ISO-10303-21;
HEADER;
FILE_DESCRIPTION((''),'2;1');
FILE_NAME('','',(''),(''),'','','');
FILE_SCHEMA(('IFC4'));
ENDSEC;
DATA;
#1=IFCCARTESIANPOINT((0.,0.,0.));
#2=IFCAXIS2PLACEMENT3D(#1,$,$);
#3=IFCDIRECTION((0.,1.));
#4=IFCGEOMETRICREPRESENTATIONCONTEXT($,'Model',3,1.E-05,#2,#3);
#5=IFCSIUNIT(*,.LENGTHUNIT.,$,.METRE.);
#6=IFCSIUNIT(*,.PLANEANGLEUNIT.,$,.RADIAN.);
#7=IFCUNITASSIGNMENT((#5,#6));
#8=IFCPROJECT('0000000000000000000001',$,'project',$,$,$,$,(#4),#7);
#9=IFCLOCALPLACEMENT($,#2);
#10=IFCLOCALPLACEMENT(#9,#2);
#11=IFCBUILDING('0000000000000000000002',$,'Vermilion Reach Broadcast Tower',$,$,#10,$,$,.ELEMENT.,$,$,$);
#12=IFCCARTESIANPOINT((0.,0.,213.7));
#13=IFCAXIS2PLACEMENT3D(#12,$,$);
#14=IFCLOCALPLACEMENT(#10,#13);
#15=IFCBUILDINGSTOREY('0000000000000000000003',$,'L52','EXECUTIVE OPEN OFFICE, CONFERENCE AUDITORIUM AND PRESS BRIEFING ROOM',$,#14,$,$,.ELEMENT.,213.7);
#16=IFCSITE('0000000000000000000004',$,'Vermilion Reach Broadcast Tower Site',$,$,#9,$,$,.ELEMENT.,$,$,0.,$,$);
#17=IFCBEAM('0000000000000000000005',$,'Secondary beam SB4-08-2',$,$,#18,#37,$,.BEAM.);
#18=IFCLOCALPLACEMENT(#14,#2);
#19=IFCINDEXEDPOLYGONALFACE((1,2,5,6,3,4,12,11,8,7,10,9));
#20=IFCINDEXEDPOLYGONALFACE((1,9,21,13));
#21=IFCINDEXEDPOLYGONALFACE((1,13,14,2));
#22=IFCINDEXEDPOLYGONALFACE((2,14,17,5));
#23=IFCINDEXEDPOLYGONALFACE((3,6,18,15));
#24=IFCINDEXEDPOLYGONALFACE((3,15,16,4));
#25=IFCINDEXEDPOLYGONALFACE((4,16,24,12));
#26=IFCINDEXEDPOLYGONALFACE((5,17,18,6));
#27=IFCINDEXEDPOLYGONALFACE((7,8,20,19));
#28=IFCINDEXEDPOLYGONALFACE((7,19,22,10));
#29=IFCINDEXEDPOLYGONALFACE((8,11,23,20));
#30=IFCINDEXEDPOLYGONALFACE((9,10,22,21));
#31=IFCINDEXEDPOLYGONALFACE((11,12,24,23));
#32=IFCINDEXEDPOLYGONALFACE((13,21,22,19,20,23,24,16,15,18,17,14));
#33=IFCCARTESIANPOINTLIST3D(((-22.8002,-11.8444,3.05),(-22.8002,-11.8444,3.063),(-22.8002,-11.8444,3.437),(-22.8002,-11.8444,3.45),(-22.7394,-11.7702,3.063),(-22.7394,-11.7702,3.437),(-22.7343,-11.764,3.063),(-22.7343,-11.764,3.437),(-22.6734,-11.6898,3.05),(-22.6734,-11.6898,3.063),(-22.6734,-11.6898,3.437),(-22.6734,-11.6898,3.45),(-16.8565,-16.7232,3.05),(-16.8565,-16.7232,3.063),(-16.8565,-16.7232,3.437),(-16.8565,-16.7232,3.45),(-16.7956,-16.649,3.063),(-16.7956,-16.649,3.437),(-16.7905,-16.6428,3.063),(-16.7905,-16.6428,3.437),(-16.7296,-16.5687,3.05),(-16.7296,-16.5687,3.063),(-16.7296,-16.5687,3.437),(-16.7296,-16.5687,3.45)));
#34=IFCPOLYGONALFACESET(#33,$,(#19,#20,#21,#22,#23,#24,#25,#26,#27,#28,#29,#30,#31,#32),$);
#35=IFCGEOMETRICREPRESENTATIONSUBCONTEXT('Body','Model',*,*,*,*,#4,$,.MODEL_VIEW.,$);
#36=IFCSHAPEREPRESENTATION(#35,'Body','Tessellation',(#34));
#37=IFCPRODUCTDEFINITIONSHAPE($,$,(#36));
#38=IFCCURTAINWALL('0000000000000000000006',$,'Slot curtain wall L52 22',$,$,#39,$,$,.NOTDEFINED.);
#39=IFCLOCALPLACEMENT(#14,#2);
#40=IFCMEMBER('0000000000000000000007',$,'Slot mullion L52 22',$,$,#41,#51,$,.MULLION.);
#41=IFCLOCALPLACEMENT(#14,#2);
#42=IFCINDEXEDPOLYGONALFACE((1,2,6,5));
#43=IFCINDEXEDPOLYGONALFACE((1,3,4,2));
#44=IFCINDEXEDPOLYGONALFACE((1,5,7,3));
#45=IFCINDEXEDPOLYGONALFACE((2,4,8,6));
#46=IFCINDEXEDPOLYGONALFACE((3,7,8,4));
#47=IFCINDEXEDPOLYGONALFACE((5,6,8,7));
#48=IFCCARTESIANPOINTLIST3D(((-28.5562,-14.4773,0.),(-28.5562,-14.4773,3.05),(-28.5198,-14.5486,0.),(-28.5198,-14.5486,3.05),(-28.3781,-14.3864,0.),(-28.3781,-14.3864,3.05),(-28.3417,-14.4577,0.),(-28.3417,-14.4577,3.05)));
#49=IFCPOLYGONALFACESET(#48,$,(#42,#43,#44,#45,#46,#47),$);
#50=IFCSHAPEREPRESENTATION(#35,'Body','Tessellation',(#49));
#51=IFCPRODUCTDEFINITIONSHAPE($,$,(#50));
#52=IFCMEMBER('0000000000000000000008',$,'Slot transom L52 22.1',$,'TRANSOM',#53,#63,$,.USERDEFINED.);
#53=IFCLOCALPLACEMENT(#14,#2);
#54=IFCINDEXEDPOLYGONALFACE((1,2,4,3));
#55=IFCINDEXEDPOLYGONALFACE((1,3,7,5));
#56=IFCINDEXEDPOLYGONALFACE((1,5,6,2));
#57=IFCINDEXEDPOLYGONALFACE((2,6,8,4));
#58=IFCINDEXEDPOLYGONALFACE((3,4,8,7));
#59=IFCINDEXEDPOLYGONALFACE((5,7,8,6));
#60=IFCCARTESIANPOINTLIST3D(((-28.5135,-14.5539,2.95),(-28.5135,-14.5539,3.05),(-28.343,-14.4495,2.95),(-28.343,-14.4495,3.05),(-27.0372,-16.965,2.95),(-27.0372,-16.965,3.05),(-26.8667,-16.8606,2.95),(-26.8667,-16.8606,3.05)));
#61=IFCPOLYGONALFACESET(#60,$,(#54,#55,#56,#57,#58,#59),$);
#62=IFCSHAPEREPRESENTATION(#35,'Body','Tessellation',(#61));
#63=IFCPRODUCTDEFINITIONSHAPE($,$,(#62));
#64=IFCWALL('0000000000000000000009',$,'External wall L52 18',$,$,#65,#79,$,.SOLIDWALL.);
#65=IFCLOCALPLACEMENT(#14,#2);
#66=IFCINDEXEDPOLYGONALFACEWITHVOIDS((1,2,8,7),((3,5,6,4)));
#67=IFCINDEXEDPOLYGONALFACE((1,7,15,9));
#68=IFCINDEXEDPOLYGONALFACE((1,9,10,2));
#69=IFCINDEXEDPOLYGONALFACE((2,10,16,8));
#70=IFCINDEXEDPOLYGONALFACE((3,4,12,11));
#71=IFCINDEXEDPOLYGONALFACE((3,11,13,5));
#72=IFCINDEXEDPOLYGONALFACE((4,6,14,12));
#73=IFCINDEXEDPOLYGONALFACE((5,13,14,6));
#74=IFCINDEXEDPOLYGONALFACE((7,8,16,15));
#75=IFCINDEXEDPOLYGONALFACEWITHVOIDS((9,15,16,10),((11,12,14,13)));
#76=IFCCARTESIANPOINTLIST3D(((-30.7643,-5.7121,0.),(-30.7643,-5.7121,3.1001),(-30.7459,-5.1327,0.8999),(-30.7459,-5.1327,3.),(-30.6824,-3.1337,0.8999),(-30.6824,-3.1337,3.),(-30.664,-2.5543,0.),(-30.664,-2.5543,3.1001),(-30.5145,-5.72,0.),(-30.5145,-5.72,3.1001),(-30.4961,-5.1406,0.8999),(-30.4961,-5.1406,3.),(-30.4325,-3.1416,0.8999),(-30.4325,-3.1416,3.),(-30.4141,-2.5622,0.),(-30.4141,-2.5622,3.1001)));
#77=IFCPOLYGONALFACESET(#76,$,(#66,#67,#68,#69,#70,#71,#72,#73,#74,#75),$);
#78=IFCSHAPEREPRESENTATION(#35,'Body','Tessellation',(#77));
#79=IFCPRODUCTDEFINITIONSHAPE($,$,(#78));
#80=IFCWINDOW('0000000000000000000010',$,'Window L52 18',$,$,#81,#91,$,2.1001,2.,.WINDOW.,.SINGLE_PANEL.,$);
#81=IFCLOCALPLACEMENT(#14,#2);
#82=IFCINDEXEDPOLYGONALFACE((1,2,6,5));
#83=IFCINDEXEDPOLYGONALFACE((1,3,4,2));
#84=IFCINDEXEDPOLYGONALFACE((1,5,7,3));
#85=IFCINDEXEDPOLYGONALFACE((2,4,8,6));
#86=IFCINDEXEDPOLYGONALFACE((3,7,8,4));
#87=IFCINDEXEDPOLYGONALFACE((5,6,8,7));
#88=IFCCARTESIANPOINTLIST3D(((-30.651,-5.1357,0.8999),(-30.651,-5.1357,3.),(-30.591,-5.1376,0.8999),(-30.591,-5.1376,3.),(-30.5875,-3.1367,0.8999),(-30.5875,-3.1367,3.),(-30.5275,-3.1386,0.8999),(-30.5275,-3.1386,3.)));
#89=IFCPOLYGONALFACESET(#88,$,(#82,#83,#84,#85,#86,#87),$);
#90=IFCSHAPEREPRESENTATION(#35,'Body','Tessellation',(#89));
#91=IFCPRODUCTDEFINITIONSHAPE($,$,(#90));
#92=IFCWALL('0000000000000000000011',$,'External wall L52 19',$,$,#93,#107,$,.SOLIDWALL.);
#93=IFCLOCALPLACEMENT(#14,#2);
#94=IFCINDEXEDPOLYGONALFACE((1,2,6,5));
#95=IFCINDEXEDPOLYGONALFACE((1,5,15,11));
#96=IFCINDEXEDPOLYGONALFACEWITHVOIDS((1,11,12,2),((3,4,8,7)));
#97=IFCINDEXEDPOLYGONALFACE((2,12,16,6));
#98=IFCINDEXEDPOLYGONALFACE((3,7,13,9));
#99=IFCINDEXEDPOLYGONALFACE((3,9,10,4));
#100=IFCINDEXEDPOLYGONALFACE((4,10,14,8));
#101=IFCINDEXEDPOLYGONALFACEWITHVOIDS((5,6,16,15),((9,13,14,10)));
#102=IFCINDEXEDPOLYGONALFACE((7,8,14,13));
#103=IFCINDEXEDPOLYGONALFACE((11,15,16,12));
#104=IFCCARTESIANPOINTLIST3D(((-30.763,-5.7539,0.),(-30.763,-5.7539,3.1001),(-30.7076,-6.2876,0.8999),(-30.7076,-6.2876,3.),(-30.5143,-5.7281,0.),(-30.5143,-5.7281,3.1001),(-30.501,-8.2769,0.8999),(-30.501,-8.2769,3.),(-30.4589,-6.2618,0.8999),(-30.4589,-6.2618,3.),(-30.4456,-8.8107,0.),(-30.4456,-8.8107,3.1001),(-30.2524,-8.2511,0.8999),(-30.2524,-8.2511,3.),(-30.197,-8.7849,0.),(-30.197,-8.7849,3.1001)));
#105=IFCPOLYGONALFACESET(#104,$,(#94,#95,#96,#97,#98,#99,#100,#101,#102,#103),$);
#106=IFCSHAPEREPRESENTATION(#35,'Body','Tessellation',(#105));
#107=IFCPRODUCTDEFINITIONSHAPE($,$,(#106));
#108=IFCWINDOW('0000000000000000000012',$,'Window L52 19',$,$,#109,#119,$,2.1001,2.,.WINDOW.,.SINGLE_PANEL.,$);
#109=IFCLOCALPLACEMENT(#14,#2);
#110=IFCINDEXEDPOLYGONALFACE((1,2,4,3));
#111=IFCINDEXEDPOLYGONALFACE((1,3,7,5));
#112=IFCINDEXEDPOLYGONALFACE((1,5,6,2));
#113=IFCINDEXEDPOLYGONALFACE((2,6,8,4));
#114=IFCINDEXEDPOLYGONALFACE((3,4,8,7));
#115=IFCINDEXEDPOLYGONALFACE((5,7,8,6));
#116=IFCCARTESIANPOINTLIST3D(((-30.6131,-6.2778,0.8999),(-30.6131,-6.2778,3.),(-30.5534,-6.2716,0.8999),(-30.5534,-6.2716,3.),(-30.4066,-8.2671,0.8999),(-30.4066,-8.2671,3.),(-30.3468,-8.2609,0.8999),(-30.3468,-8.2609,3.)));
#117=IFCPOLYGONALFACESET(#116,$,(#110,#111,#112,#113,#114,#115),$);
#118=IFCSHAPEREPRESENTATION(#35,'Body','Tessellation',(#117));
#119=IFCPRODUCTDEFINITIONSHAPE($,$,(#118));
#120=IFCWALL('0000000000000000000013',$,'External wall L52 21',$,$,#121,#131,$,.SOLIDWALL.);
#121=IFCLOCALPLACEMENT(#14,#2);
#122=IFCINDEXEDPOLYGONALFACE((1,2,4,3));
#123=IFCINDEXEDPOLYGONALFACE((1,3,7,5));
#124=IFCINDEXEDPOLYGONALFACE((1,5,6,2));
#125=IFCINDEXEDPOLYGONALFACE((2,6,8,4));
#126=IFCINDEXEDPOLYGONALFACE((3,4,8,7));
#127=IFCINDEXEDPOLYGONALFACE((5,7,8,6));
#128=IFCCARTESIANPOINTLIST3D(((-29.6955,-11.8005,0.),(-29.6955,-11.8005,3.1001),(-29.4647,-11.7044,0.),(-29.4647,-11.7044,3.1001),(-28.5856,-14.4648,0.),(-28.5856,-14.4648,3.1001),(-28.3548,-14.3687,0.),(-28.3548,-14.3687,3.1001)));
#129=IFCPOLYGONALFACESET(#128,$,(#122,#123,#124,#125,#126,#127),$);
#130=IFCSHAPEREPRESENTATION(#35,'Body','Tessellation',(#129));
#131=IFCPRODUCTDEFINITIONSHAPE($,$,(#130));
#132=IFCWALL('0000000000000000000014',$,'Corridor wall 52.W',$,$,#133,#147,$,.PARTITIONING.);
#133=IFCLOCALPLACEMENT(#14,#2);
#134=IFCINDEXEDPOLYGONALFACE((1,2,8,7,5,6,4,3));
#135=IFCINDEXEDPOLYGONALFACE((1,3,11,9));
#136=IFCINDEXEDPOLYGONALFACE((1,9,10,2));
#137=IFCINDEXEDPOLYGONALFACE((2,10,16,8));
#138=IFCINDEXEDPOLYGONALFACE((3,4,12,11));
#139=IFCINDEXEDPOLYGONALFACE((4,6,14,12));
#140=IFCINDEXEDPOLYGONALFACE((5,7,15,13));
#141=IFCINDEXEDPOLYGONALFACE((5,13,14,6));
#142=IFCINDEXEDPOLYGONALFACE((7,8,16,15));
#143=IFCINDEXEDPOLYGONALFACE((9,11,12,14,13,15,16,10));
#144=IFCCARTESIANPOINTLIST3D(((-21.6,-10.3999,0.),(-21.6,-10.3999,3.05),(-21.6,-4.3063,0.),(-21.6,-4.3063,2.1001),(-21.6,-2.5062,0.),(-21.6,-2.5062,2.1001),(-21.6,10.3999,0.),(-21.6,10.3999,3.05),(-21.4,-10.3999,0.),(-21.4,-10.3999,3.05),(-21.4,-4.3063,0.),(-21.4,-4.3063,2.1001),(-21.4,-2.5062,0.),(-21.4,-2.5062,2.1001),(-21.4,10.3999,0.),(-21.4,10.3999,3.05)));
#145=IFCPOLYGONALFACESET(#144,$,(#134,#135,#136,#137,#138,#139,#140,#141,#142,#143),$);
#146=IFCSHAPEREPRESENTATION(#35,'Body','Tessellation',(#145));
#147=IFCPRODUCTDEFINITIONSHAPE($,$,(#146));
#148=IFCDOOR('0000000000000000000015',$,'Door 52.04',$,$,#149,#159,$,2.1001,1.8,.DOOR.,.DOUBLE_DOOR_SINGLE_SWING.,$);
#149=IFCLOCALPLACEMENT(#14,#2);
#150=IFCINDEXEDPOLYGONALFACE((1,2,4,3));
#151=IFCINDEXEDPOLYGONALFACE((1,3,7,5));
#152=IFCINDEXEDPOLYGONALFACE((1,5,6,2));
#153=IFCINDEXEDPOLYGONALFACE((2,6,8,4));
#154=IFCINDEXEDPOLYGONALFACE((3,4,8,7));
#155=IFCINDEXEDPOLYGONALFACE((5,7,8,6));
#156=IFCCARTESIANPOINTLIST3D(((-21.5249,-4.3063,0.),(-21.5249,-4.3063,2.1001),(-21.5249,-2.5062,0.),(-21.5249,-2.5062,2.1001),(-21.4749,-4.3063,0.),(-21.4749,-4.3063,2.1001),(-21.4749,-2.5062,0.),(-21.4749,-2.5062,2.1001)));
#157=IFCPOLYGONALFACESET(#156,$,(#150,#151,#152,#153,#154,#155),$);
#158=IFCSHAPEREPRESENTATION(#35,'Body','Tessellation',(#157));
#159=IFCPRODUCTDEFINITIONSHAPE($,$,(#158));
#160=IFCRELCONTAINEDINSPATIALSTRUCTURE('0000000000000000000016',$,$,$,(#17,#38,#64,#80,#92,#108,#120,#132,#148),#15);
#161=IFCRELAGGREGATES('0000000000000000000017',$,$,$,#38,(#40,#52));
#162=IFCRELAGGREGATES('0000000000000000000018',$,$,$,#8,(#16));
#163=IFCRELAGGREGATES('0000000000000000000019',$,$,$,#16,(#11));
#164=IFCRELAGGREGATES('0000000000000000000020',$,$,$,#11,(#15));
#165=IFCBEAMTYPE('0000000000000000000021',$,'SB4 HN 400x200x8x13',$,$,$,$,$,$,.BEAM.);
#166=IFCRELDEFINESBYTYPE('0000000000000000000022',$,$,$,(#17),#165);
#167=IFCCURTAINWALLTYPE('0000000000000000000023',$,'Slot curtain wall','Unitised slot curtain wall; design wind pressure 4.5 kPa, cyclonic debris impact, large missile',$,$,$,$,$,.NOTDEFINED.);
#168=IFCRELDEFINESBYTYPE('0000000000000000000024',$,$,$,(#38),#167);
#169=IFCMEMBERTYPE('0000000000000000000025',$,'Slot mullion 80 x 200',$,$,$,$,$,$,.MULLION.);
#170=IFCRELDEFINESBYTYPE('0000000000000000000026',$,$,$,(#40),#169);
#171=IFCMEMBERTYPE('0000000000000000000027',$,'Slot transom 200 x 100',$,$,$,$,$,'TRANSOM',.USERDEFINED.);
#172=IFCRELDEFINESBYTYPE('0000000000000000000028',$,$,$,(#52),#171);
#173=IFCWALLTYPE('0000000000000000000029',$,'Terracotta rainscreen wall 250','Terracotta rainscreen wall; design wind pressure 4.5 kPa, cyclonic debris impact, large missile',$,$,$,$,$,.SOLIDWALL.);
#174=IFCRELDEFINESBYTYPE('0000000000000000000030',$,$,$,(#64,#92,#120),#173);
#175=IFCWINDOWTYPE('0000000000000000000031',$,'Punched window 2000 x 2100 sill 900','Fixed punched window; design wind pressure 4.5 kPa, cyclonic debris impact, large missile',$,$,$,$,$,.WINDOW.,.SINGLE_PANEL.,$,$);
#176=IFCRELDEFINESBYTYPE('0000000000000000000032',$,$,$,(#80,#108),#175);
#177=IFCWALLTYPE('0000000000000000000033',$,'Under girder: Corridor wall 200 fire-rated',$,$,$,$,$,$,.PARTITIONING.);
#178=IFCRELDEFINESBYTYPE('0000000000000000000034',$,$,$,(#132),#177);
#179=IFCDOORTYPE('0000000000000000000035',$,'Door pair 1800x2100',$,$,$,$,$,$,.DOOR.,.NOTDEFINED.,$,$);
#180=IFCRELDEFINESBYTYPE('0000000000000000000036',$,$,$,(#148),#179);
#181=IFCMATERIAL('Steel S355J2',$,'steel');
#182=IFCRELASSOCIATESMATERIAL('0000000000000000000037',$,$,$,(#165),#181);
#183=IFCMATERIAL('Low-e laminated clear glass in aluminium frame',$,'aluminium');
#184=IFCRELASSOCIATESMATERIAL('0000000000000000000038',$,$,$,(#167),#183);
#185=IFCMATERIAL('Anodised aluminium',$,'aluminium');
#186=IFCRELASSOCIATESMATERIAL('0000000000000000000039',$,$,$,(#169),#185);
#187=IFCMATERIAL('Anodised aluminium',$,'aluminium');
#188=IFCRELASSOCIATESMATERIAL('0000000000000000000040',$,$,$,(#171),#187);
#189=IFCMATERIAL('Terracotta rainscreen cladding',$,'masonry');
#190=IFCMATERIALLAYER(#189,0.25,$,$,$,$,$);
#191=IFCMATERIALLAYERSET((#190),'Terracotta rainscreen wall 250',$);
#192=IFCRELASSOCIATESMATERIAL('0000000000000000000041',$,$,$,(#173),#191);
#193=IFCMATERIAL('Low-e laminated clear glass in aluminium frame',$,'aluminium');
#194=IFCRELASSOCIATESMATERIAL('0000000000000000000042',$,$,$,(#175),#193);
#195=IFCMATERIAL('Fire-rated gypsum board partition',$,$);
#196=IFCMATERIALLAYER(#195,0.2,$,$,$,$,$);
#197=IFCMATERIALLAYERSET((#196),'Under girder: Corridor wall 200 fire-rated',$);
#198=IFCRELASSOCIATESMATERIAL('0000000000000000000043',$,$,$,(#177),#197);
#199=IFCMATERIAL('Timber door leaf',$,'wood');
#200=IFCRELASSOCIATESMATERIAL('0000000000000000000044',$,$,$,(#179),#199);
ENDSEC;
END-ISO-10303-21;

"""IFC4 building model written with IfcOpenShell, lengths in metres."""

from ifc_helpers import new_model, si_unit, direction, frame, frame_2d, origin, origin_2d, place, context, subcontext, project, spatial, rectangle, i_section, extrude, material, layer, layer_set, material_profile, profile_set, type_object, element, fill, aggregate, save


model = new_model("IFC4")

# Units and contexts
model_context = context("Model", 3, precision=1e-05, world=origin(), true_north=direction((0.0, 1.0)))
body_context = subcontext(model_context, "Body", "Model", "MODEL_VIEW")
ifc_project = project(units=[si_unit("LENGTHUNIT", "METRE"), si_unit("PLANEANGLEUNIT", "RADIAN")], contexts=[model_context])

# Site, building, storey
site_placement = place(None, origin())
site = spatial("IfcSite", under=ifc_project, at=site_placement, Name="Vermilion Reach Broadcast Tower Site", CompositionType="ELEMENT", RefElevation=0.0)
building_placement = place(site_placement, origin())
building = spatial("IfcBuilding", under=site, at=building_placement, Name="Vermilion Reach Broadcast Tower", CompositionType="ELEMENT")
storey_placement = place(building_placement, frame((0.0, 0.0, 213.7)))
storey = spatial("IfcBuildingStorey", under=building, at=storey_placement, Name="L52", Description="EXECUTIVE OPEN OFFICE, CONFERENCE AUDITORIUM AND PRESS BRIEFING ROOM", CompositionType="ELEMENT", Elevation=213.7)

# Beam
ifc_material_1 = material(Name="Steel S355J2", Category="steel")
ifc_material_profile_1 = material_profile(ifc_material_1, i_section(OverallWidth=0.2, OverallDepth=0.3999, WebThickness=0.0081, FlangeThickness=0.0129, at=origin_2d()), Name="S355J2 HN 400x200x8x13")
ifc_profile_set_1 = profile_set([ifc_material_profile_1], Name="Steel S355J2")
beam_type_1 = type_object("IfcBeamType", Name="SB4 HN 400x200x8x13", PredefinedType="BEAM", material=ifc_profile_set_1)
beam_1_placement = place(storey_placement, frame((-22.7368, -11.7671, 3.25), z_axis=(0.772952, -0.634465, 0.0), x_axis=(0.634465, 0.772952, 0.0)))
element("IfcBeam", 1, at=beam_1_placement, inside=storey, type_object=beam_type_1, Name="Secondary beam SB4-08-2", PredefinedType="BEAM", context=body_context, shape_type="SweptSolid", body=[
    extrude(i_section(OverallWidth=0.2, OverallDepth=0.3999, WebThickness=0.0081, FlangeThickness=0.0129, at=origin_2d()), origin(), (0.0, 0.0, 1.0), 7.6897),
])

# Curtain wall, members
ifc_material_2 = material(Name="Low-e laminated clear glass in aluminium frame", Category="aluminium")
curtain_wall_type = type_object("IfcCurtainWallType", Name="Slot curtain wall", Description="Unitised slot curtain wall; design wind pressure 4.5 kPa, cyclonic debris impact, large missile", PredefinedType="NOTDEFINED", material=ifc_material_2)
curtain_wall_placement = place(storey_placement, origin())
curtain_wall = element("IfcCurtainWall", 2, at=curtain_wall_placement, inside=storey, type_object=curtain_wall_type, Name="Slot curtain wall L52 22", PredefinedType="NOTDEFINED")
ifc_material_3 = material(Name="Anodised aluminium", Category="aluminium")
ifc_material_profile_2 = material_profile(ifc_material_3, rectangle(XDim=0.2, YDim=0.0801, at=origin_2d()), Name="Slot mullion 80 x 200")
ifc_profile_set_2 = profile_set([ifc_material_profile_2], Name="Anodised aluminium")
member_type_1 = type_object("IfcMemberType", Name="Slot mullion 80 x 200", PredefinedType="MULLION", material=ifc_profile_set_2)
member_1_placement = place(storey_placement, frame((-28.449, -14.4675, 0.0), z_axis=(0.0, 0.0, 1.0), x_axis=(0.890637, 0.454714, 0.0)))
member_1 = element("IfcMember", 3, at=member_1_placement, type_object=member_type_1, Name="Slot mullion L52 22", PredefinedType="MULLION", context=body_context, shape_type="SweptSolid", body=[
    extrude(rectangle(XDim=0.2, YDim=0.0801, at=origin_2d()), origin(), (0.0, 0.0, 1.0), 3.05),
])
ifc_material_4 = material(Name="Anodised aluminium", Category="aluminium")
ifc_material_profile_3 = material_profile(ifc_material_4, rectangle(XDim=0.2, YDim=0.1001, at=origin_2d()), Name="Slot transom 200 x 100")
ifc_profile_set_3 = profile_set([ifc_material_profile_3], Name="Anodised aluminium")
member_type_2 = type_object("IfcMemberType", Name="Slot transom 200 x 100", ElementType="TRANSOM", PredefinedType="USERDEFINED", material=ifc_profile_set_3)
member_2_placement = place(storey_placement, frame((-28.4282, -14.5017, 3.0), z_axis=(0.522183, -0.852833, 0.0), x_axis=(0.852833, 0.522183, 0.0)))
member_2 = element("IfcMember", 4, at=member_2_placement, type_object=member_type_2, Name="Slot transom L52 22.1", ObjectType="TRANSOM", PredefinedType="USERDEFINED", context=body_context, shape_type="SweptSolid", body=[
    extrude(rectangle(XDim=0.2, YDim=0.1001, at=origin_2d()), origin(), (0.0, 0.0, 1.0), 2.8271),
])
aggregate(curtain_wall, [member_1, member_2])

# Walls, openings, windows
ifc_material_5 = material(Name="Terracotta rainscreen cladding", Category="masonry")
ifc_layer_1 = layer(ifc_material_5, 0.25)
ifc_layer_set_1 = layer_set([ifc_layer_1], Name="Terracotta rainscreen wall 250")
wall_type_1 = type_object("IfcWallType", Name="Terracotta rainscreen wall 250", Description="Terracotta rainscreen wall; design wind pressure 4.5 kPa, cyclonic debris impact, large missile", PredefinedType="SOLIDWALL", material=ifc_layer_set_1)
wall_1_placement = place(storey_placement, frame((-30.5391, -2.5583, 0.0), z_axis=(0.0, 0.0, 1.0), x_axis=(-0.031761, -0.999496, 0.0)))
wall_1 = element("IfcWall", 5, at=wall_1_placement, inside=storey, type_object=wall_type_1, Name="External wall L52 18", PredefinedType="SOLIDWALL", context=body_context, shape_type="SweptSolid", body=[
    extrude(rectangle(XDim=3.1594, YDim=0.25, at=frame_2d((1.5796, 0.0))), origin(), (0.0, 0.0, 1.0), 3.1001),
])
opening_1_placement = place(wall_1_placement, frame((0.5796, 0.0, 0.8999)))
opening_1 = element("IfcOpeningElement", 6, at=opening_1_placement, cuts=wall_1, PredefinedType="OPENING", context=body_context, shape_type="SweptSolid", body=[
    extrude(rectangle(XDim=2.0, YDim=2.1001, at=frame_2d((1.0, 1.05))), frame((0.0, 0.135, 0.0), z_axis=(0.0, -1.0, 0.0), x_axis=(1.0, 0.0, 0.0)), (0.0, 0.0, 1.0), 0.27),
])
ifc_material_6 = material(Name="Low-e laminated clear glass in aluminium frame", Category="aluminium")
window_type = type_object("IfcWindowType", Name="Punched window 2000 x 2100 sill 900", Description="Fixed punched window; design wind pressure 4.5 kPa, cyclonic debris impact, large missile", PartitioningType="SINGLE_PANEL", PredefinedType="WINDOW", material=ifc_material_6)
window_1_placement = place(opening_1_placement, origin())
window_1 = element("IfcWindow", 7, at=window_1_placement, inside=storey, type_object=window_type, Name="Window L52 18", OverallHeight=2.1001, OverallWidth=2.0, PartitioningType="SINGLE_PANEL", PredefinedType="WINDOW", context=body_context, shape_type="SweptSolid", body=[
    extrude(rectangle(XDim=2.0, YDim=2.1001, at=frame_2d((1.0, 1.05))), frame((0.0, 0.03, 0.0), z_axis=(0.0, -1.0, 0.0), x_axis=(1.0, 0.0, 0.0)), (0.0, 0.0, 1.0), 0.0601),
])
fill(opening_1, window_1)
wall_2_placement = place(storey_placement, frame((-30.6387, -5.741, 0.0), z_axis=(0.0, 0.0, 1.0), x_axis=(0.10327, -0.994653, 0.0)))
wall_2 = element("IfcWall", 8, at=wall_2_placement, inside=storey, type_object=wall_type_1, Name="External wall L52 19", PredefinedType="SOLIDWALL", context=body_context, shape_type="SweptSolid", body=[
    extrude(rectangle(XDim=3.0732, YDim=0.25, at=frame_2d((1.5366, 0.0))), origin(), (0.0, 0.0, 1.0), 3.1001),
])
opening_2_placement = place(wall_2_placement, frame((0.5366, 0.0, 0.8999)))
opening_2 = element("IfcOpeningElement", 9, at=opening_2_placement, cuts=wall_2, PredefinedType="OPENING", context=body_context, shape_type="SweptSolid", body=[
    extrude(rectangle(XDim=2.0, YDim=2.1001, at=frame_2d((1.0, 1.05))), frame((0.0, 0.135, 0.0), z_axis=(0.0, -1.0, 0.0), x_axis=(1.0, 0.0, 0.0)), (0.0, 0.0, 1.0), 0.27),
])
window_2_placement = place(opening_2_placement, origin())
window_2 = element("IfcWindow", 10, at=window_2_placement, inside=storey, type_object=window_type, Name="Window L52 19", OverallHeight=2.1001, OverallWidth=2.0, PartitioningType="SINGLE_PANEL", PredefinedType="WINDOW", context=body_context, shape_type="SweptSolid", body=[
    extrude(rectangle(XDim=2.0, YDim=2.1001, at=frame_2d((1.0, 1.05))), frame((0.0, 0.03, 0.0), z_axis=(0.0, -1.0, 0.0), x_axis=(1.0, 0.0, 0.0)), (0.0, 0.0, 1.0), 0.0601),
])
fill(opening_2, window_2)

# Wall
wall_3_placement = place(storey_placement, frame((-29.5801, -11.7524, 0.0), z_axis=(0.0, 0.0, 1.0), x_axis=(0.384537, -0.923109, 0.0)))
element("IfcWall", 11, at=wall_3_placement, inside=storey, type_object=wall_type_1, Name="External wall L52 21", PredefinedType="SOLIDWALL", context=body_context, shape_type="SweptSolid", body=[
    extrude(rectangle(XDim=2.8862, YDim=0.25, at=frame_2d((1.4431, 0.0))), origin(), (0.0, 0.0, 1.0), 3.1001),
])

# Wall, opening, door
ifc_material_7 = material(Name="Fire-rated gypsum board partition")
ifc_layer_2 = layer(ifc_material_7, 0.2)
ifc_layer_set_2 = layer_set([ifc_layer_2], Name="Under girder: Corridor wall 200 fire-rated")
wall_type_2 = type_object("IfcWallType", Name="Under girder: Corridor wall 200 fire-rated", PredefinedType="PARTITIONING", material=ifc_layer_set_2)
wall_4_placement = place(storey_placement, frame((-21.5, -10.3999, 0.0), z_axis=(0.0, 0.0, 1.0), x_axis=(0.0, 1.0, 0.0)))
wall_4 = element("IfcWall", 12, at=wall_4_placement, inside=storey, type_object=wall_type_2, Name="Corridor wall 52.W", PredefinedType="PARTITIONING", context=body_context, shape_type="SweptSolid", body=[
    extrude(rectangle(XDim=20.7998, YDim=0.2, at=frame_2d((10.3999, 0.0))), origin(), (0.0, 0.0, 1.0), 3.05),
])
opening_3_placement = place(wall_4_placement, frame((6.0938, 0.0, 0.0)))
opening_3 = element("IfcOpeningElement", 13, at=opening_3_placement, cuts=wall_4, PredefinedType="OPENING", context=body_context, shape_type="SweptSolid", body=[
    extrude(rectangle(XDim=1.8, YDim=2.1001, at=frame_2d((0.8999, 1.05))), frame((0.0, 0.1099, 0.0), z_axis=(0.0, -1.0, 0.0), x_axis=(1.0, 0.0, 0.0)), (0.0, 0.0, 1.0), 0.22),
])
ifc_material_8 = material(Name="Timber door leaf", Category="wood")
door_type_1 = type_object("IfcDoorType", Name="Door pair 1800x2100", OperationType="NOTDEFINED", PredefinedType="DOOR", material=ifc_material_8)
door_1_placement = place(opening_3_placement, origin())
door_1 = element("IfcDoor", 14, at=door_1_placement, inside=storey, type_object=door_type_1, Name="Door 52.04", OperationType="DOUBLE_DOOR_SINGLE_SWING", OverallHeight=2.1001, OverallWidth=1.8, PredefinedType="DOOR", context=body_context, shape_type="SweptSolid", body=[
    extrude(rectangle(XDim=1.8, YDim=2.1001, at=frame_2d((0.8999, 1.05))), frame((0.0, 0.0249, 0.0), z_axis=(0.0, -1.0, 0.0), x_axis=(1.0, 0.0, 0.0)), (0.0, 0.0, 1.0), 0.05),
])
fill(opening_3, door_1)

save(model, "model.ifc")
